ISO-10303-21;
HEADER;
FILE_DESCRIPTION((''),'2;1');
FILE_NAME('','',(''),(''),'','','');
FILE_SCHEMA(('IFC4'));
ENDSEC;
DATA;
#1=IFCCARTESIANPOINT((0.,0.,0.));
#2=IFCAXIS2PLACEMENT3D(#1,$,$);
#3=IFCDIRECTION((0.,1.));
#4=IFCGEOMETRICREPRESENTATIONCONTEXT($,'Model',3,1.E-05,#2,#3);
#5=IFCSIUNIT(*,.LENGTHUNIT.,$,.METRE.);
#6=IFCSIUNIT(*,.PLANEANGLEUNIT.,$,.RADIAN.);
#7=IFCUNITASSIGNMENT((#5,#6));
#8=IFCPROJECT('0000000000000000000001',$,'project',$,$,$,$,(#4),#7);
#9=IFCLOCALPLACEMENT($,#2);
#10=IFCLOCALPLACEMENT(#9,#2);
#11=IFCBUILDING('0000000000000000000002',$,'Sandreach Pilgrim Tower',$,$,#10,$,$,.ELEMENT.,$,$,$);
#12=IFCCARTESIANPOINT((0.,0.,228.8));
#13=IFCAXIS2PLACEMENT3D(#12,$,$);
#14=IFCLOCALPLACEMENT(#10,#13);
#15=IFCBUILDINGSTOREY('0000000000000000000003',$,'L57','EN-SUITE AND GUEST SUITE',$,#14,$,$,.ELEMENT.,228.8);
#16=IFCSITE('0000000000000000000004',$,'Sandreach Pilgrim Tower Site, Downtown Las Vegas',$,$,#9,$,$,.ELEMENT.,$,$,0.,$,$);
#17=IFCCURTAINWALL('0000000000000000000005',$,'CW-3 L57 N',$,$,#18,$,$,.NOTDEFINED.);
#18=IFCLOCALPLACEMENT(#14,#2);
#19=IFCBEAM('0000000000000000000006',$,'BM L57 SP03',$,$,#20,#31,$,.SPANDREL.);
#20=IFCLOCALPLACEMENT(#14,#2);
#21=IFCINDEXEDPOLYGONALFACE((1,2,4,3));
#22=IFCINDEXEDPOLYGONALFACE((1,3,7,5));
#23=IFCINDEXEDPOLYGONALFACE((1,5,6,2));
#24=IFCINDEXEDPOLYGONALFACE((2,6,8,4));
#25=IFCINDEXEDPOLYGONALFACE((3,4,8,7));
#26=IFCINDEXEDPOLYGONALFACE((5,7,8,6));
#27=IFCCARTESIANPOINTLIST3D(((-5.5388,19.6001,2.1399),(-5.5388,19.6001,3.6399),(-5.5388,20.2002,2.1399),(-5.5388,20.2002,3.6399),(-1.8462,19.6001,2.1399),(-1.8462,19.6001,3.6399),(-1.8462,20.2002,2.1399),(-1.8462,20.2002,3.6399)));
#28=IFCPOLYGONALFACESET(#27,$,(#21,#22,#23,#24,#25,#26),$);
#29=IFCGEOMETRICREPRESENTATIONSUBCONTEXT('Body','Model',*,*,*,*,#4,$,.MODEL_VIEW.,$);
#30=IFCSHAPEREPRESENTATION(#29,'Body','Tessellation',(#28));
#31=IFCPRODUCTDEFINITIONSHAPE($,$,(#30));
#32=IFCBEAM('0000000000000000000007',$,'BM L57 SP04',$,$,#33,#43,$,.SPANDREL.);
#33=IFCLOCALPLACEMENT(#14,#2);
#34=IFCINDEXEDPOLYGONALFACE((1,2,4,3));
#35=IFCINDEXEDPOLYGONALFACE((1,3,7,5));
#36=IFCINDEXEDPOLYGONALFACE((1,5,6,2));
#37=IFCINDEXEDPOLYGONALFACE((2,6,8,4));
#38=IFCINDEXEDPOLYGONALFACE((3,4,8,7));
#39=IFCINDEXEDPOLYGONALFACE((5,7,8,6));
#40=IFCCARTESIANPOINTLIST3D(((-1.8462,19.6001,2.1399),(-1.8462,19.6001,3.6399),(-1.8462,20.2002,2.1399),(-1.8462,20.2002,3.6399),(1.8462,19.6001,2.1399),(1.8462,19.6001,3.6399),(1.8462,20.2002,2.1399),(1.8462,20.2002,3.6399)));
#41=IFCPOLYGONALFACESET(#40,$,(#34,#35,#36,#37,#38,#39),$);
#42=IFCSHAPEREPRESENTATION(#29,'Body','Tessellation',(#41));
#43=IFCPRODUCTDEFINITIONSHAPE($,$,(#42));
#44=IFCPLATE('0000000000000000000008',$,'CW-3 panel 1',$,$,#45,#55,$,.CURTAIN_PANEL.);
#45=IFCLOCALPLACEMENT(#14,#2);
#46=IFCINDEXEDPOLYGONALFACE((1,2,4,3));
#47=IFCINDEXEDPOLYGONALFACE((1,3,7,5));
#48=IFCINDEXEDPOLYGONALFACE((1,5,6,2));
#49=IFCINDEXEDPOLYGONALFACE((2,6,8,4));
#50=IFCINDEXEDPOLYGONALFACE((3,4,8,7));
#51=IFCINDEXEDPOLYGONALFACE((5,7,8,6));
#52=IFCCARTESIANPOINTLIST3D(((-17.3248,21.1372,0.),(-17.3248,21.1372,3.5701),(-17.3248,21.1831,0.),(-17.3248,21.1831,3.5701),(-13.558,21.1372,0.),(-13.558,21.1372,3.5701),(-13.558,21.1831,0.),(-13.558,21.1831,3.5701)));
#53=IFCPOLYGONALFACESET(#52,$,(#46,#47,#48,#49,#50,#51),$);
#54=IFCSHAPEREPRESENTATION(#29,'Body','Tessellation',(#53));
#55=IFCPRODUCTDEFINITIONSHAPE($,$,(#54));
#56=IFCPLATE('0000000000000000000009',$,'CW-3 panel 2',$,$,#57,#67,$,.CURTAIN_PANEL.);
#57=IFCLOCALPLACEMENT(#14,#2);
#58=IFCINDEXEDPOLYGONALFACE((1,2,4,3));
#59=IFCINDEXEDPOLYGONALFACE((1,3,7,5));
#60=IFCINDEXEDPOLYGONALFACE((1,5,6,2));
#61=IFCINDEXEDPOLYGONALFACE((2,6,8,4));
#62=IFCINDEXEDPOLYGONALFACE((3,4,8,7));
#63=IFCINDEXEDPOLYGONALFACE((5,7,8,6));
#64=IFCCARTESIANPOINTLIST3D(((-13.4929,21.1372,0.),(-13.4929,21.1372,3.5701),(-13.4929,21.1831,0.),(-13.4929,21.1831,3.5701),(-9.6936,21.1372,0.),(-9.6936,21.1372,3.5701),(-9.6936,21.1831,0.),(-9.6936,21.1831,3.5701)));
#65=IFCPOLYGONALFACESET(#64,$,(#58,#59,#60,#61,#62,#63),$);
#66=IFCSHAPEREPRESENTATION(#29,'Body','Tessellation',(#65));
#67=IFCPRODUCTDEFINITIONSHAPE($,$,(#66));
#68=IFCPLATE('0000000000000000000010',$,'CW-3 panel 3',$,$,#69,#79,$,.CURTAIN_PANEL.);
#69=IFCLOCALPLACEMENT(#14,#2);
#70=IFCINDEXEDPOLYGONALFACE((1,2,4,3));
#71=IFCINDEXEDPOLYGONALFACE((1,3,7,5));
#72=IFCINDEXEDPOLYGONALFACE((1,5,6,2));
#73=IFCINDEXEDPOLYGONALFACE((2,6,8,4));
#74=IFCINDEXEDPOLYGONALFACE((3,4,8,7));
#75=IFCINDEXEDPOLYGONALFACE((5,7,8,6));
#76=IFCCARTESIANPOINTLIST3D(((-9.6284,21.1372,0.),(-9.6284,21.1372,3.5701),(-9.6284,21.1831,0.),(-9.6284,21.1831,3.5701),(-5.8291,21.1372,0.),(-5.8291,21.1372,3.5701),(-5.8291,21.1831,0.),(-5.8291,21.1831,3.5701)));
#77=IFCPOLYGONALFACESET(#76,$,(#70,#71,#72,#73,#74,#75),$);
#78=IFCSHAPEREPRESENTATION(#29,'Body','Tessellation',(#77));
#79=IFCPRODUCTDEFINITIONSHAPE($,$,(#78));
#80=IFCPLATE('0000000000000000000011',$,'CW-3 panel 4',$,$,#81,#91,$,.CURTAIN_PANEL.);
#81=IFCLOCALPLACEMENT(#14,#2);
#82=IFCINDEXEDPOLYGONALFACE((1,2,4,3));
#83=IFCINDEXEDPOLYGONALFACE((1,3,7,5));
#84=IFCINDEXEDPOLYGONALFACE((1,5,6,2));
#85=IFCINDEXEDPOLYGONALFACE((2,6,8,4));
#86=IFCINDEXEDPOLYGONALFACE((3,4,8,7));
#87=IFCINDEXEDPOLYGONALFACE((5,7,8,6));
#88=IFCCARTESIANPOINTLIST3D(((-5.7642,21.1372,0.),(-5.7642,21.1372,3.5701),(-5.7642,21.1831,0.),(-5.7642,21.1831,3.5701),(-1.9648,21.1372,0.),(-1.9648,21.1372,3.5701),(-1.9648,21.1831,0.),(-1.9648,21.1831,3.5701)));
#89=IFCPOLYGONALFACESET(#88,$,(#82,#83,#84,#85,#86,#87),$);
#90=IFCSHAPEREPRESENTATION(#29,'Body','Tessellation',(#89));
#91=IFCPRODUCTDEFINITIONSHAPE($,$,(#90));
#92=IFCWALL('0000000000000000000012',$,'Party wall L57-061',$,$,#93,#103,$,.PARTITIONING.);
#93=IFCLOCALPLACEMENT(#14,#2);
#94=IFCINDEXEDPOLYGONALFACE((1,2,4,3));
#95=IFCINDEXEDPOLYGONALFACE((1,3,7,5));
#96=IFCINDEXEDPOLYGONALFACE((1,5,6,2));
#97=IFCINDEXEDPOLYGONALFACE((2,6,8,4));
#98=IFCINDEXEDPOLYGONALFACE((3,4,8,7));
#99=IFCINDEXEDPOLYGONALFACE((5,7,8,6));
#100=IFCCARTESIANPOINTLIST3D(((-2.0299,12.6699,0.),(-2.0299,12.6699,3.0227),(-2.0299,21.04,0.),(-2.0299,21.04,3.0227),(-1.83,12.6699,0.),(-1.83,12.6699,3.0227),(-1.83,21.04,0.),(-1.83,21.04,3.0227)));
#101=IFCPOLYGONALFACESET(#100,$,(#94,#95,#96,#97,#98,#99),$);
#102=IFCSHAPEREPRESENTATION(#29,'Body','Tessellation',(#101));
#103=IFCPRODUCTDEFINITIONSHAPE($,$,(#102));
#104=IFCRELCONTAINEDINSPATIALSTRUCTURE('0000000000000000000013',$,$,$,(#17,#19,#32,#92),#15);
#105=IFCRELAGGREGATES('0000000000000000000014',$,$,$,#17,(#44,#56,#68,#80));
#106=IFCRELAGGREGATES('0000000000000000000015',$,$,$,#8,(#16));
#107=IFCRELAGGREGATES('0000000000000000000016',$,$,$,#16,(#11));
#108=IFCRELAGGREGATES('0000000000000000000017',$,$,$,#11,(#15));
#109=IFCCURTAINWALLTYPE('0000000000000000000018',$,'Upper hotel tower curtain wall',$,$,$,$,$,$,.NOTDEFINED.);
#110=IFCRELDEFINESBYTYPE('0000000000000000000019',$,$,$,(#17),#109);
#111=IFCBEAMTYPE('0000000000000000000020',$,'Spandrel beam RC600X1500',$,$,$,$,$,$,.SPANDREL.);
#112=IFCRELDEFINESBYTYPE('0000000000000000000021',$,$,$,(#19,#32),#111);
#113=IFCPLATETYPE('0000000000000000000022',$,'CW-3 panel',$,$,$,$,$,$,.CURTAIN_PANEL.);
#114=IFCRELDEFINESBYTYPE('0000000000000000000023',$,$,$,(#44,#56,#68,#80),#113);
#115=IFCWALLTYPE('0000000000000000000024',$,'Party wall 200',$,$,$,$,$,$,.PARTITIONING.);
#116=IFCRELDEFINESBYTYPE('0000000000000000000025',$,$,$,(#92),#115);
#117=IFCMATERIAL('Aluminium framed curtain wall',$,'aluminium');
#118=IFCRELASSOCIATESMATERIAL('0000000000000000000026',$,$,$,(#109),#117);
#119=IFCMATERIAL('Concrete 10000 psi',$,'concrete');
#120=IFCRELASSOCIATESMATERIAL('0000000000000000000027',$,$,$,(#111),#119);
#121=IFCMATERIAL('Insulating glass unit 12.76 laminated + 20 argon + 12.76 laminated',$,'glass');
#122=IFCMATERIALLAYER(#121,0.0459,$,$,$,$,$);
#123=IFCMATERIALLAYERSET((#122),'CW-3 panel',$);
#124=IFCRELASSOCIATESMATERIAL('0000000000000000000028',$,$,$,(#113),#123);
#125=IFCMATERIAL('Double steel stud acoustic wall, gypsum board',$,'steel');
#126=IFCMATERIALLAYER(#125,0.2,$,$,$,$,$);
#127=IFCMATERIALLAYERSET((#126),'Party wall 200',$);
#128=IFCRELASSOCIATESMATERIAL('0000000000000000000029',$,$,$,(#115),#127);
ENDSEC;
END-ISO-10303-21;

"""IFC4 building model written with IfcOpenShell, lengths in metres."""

from ifc_helpers import new_model, si_unit, direction, frame, frame_2d, origin, origin_2d, place, context, subcontext, project, spatial, rectangle, extrude, material, layer, layer_set, material_profile, profile_set, type_object, element, aggregate, save


model = new_model("IFC4")

# Units and contexts
model_context = context("Model", 3, precision=1e-05, world=origin(), true_north=direction((0.0, 1.0)))
body_context = subcontext(model_context, "Body", "Model", "MODEL_VIEW")
ifc_project = project(units=[si_unit("LENGTHUNIT", "METRE"), si_unit("PLANEANGLEUNIT", "RADIAN")], contexts=[model_context])

# Site, building, storey
site_placement = place(None, origin())
site = spatial("IfcSite", under=ifc_project, at=site_placement, Name="Sandreach Pilgrim Tower Site, Downtown Las Vegas", CompositionType="ELEMENT", RefElevation=0.0)
building_placement = place(site_placement, origin())
building = spatial("IfcBuilding", under=site, at=building_placement, Name="Sandreach Pilgrim Tower", CompositionType="ELEMENT")
storey_placement = place(building_placement, frame((0.0, 0.0, 228.8)))
storey = spatial("IfcBuildingStorey", under=building, at=storey_placement, Name="L57", Description="EN-SUITE AND GUEST SUITE", CompositionType="ELEMENT", Elevation=228.8)

# Curtain wall
ifc_material_1 = material(Name="Aluminium framed curtain wall", Category="aluminium")
curtain_wall_type = type_object("IfcCurtainWallType", Name="Upper hotel tower curtain wall", PredefinedType="NOTDEFINED", material=ifc_material_1)
curtain_wall_placement = place(storey_placement, origin())
curtain_wall = element("IfcCurtainWall", 1, at=curtain_wall_placement, inside=storey, type_object=curtain_wall_type, Name="CW-3 L57 N", PredefinedType="NOTDEFINED")

# Beams
ifc_material_2 = material(Name="Concrete 10000 psi", Category="concrete")
ifc_material_profile_1 = material_profile(ifc_material_2, rectangle(XDim=0.6001, YDim=1.5, at=origin_2d()), Name="RC600X1500")
ifc_profile_set_1 = profile_set([ifc_material_profile_1], Name="Concrete 10000 psi")
beam_type_1 = type_object("IfcBeamType", Name="Spandrel beam RC600X1500", PredefinedType="SPANDREL", material=ifc_profile_set_1)
beam_1_placement = place(storey_placement, frame((-5.5388, 19.9001, 2.8899), z_axis=(1.0, 0.0, 0.0), x_axis=(0.0, 1.0, 0.0)))
element("IfcBeam", 2, at=beam_1_placement, inside=storey, type_object=beam_type_1, Name="BM L57 SP03", PredefinedType="SPANDREL", context=body_context, shape_type="SweptSolid", body=[
    extrude(rectangle(XDim=0.6001, YDim=1.5, at=origin_2d()), origin(), (0.0, 0.0, 1.0), 3.6926),
])
beam_2_placement = place(storey_placement, frame((-1.8462, 19.9001, 2.8899), z_axis=(1.0, 0.0, 0.0), x_axis=(0.0, 1.0, 0.0)))
element("IfcBeam", 3, at=beam_2_placement, inside=storey, type_object=beam_type_1, Name="BM L57 SP04", PredefinedType="SPANDREL", context=body_context, shape_type="SweptSolid", body=[
    extrude(rectangle(XDim=0.6001, YDim=1.5, at=origin_2d()), origin(), (0.0, 0.0, 1.0), 3.6924),
])

# Plates
ifc_material_3 = material(Name="Insulating glass unit 12.76 laminated + 20 argon + 12.76 laminated", Category="glass")
ifc_layer_1 = layer(ifc_material_3, 0.0459)
ifc_layer_set_1 = layer_set([ifc_layer_1], Name="CW-3 panel")
plate_type = type_object("IfcPlateType", Name="CW-3 panel", PredefinedType="CURTAIN_PANEL", material=ifc_layer_set_1)
plate_1_placement = place(storey_placement, frame((-15.4414, 21.1602, 0.0), z_axis=(0.0, 0.0, 1.0), x_axis=(1.0, 0.0, 0.0)))
plate_1 = element("IfcPlate", 4, at=plate_1_placement, type_object=plate_type, Name="CW-3 panel 1", PredefinedType="CURTAIN_PANEL", context=body_context, shape_type="SweptSolid", body=[
    extrude(rectangle(XDim=3.7668, YDim=0.0459, at=origin_2d()), origin(), (0.0, 0.0, 1.0), 3.5701),
])
plate_2_placement = place(storey_placement, frame((-11.5933, 21.1602, 0.0), z_axis=(0.0, 0.0, 1.0), x_axis=(1.0, 0.0, 0.0)))
plate_2 = element("IfcPlate", 5, at=plate_2_placement, type_object=plate_type, Name="CW-3 panel 2", PredefinedType="CURTAIN_PANEL", context=body_context, shape_type="SweptSolid", body=[
    extrude(rectangle(XDim=3.7993, YDim=0.0459, at=origin_2d()), origin(), (0.0, 0.0, 1.0), 3.5701),
])
plate_3_placement = place(storey_placement, frame((-7.7288, 21.1602, 0.0), z_axis=(0.0, 0.0, 1.0), x_axis=(1.0, 0.0, 0.0)))
plate_3 = element("IfcPlate", 6, at=plate_3_placement, type_object=plate_type, Name="CW-3 panel 3", PredefinedType="CURTAIN_PANEL", context=body_context, shape_type="SweptSolid", body=[
    extrude(rectangle(XDim=3.7993, YDim=0.0459, at=origin_2d()), origin(), (0.0, 0.0, 1.0), 3.5701),
])
plate_4_placement = place(storey_placement, frame((-3.8645, 21.1602, 0.0), z_axis=(0.0, 0.0, 1.0), x_axis=(1.0, 0.0, 0.0)))
plate_4 = element("IfcPlate", 7, at=plate_4_placement, type_object=plate_type, Name="CW-3 panel 4", PredefinedType="CURTAIN_PANEL", context=body_context, shape_type="SweptSolid", body=[
    extrude(rectangle(XDim=3.7993, YDim=0.0459, at=origin_2d()), origin(), (0.0, 0.0, 1.0), 3.5701),
])
aggregate(curtain_wall, [plate_1, plate_2, plate_3, plate_4])

# Wall
ifc_material_4 = material(Name="Double steel stud acoustic wall, gypsum board", Category="steel")
ifc_layer_2 = layer(ifc_material_4, 0.2)
ifc_layer_set_2 = layer_set([ifc_layer_2], Name="Party wall 200")
wall_type = type_object("IfcWallType", Name="Party wall 200", PredefinedType="PARTITIONING", material=ifc_layer_set_2)
wall_placement = place(storey_placement, frame((-1.9299, 21.04, 0.0), z_axis=(0.0, 0.0, 1.0), x_axis=(0.0, -1.0, 0.0)))
element("IfcWall", 8, at=wall_placement, inside=storey, type_object=wall_type, Name="Party wall L57-061", PredefinedType="PARTITIONING", context=body_context, shape_type="SweptSolid", body=[
    extrude(rectangle(XDim=8.3701, YDim=0.2, at=frame_2d((4.1851, 0.0))), origin(), (0.0, 0.0, 1.0), 3.0227),
])

save(model, "model.ifc")
